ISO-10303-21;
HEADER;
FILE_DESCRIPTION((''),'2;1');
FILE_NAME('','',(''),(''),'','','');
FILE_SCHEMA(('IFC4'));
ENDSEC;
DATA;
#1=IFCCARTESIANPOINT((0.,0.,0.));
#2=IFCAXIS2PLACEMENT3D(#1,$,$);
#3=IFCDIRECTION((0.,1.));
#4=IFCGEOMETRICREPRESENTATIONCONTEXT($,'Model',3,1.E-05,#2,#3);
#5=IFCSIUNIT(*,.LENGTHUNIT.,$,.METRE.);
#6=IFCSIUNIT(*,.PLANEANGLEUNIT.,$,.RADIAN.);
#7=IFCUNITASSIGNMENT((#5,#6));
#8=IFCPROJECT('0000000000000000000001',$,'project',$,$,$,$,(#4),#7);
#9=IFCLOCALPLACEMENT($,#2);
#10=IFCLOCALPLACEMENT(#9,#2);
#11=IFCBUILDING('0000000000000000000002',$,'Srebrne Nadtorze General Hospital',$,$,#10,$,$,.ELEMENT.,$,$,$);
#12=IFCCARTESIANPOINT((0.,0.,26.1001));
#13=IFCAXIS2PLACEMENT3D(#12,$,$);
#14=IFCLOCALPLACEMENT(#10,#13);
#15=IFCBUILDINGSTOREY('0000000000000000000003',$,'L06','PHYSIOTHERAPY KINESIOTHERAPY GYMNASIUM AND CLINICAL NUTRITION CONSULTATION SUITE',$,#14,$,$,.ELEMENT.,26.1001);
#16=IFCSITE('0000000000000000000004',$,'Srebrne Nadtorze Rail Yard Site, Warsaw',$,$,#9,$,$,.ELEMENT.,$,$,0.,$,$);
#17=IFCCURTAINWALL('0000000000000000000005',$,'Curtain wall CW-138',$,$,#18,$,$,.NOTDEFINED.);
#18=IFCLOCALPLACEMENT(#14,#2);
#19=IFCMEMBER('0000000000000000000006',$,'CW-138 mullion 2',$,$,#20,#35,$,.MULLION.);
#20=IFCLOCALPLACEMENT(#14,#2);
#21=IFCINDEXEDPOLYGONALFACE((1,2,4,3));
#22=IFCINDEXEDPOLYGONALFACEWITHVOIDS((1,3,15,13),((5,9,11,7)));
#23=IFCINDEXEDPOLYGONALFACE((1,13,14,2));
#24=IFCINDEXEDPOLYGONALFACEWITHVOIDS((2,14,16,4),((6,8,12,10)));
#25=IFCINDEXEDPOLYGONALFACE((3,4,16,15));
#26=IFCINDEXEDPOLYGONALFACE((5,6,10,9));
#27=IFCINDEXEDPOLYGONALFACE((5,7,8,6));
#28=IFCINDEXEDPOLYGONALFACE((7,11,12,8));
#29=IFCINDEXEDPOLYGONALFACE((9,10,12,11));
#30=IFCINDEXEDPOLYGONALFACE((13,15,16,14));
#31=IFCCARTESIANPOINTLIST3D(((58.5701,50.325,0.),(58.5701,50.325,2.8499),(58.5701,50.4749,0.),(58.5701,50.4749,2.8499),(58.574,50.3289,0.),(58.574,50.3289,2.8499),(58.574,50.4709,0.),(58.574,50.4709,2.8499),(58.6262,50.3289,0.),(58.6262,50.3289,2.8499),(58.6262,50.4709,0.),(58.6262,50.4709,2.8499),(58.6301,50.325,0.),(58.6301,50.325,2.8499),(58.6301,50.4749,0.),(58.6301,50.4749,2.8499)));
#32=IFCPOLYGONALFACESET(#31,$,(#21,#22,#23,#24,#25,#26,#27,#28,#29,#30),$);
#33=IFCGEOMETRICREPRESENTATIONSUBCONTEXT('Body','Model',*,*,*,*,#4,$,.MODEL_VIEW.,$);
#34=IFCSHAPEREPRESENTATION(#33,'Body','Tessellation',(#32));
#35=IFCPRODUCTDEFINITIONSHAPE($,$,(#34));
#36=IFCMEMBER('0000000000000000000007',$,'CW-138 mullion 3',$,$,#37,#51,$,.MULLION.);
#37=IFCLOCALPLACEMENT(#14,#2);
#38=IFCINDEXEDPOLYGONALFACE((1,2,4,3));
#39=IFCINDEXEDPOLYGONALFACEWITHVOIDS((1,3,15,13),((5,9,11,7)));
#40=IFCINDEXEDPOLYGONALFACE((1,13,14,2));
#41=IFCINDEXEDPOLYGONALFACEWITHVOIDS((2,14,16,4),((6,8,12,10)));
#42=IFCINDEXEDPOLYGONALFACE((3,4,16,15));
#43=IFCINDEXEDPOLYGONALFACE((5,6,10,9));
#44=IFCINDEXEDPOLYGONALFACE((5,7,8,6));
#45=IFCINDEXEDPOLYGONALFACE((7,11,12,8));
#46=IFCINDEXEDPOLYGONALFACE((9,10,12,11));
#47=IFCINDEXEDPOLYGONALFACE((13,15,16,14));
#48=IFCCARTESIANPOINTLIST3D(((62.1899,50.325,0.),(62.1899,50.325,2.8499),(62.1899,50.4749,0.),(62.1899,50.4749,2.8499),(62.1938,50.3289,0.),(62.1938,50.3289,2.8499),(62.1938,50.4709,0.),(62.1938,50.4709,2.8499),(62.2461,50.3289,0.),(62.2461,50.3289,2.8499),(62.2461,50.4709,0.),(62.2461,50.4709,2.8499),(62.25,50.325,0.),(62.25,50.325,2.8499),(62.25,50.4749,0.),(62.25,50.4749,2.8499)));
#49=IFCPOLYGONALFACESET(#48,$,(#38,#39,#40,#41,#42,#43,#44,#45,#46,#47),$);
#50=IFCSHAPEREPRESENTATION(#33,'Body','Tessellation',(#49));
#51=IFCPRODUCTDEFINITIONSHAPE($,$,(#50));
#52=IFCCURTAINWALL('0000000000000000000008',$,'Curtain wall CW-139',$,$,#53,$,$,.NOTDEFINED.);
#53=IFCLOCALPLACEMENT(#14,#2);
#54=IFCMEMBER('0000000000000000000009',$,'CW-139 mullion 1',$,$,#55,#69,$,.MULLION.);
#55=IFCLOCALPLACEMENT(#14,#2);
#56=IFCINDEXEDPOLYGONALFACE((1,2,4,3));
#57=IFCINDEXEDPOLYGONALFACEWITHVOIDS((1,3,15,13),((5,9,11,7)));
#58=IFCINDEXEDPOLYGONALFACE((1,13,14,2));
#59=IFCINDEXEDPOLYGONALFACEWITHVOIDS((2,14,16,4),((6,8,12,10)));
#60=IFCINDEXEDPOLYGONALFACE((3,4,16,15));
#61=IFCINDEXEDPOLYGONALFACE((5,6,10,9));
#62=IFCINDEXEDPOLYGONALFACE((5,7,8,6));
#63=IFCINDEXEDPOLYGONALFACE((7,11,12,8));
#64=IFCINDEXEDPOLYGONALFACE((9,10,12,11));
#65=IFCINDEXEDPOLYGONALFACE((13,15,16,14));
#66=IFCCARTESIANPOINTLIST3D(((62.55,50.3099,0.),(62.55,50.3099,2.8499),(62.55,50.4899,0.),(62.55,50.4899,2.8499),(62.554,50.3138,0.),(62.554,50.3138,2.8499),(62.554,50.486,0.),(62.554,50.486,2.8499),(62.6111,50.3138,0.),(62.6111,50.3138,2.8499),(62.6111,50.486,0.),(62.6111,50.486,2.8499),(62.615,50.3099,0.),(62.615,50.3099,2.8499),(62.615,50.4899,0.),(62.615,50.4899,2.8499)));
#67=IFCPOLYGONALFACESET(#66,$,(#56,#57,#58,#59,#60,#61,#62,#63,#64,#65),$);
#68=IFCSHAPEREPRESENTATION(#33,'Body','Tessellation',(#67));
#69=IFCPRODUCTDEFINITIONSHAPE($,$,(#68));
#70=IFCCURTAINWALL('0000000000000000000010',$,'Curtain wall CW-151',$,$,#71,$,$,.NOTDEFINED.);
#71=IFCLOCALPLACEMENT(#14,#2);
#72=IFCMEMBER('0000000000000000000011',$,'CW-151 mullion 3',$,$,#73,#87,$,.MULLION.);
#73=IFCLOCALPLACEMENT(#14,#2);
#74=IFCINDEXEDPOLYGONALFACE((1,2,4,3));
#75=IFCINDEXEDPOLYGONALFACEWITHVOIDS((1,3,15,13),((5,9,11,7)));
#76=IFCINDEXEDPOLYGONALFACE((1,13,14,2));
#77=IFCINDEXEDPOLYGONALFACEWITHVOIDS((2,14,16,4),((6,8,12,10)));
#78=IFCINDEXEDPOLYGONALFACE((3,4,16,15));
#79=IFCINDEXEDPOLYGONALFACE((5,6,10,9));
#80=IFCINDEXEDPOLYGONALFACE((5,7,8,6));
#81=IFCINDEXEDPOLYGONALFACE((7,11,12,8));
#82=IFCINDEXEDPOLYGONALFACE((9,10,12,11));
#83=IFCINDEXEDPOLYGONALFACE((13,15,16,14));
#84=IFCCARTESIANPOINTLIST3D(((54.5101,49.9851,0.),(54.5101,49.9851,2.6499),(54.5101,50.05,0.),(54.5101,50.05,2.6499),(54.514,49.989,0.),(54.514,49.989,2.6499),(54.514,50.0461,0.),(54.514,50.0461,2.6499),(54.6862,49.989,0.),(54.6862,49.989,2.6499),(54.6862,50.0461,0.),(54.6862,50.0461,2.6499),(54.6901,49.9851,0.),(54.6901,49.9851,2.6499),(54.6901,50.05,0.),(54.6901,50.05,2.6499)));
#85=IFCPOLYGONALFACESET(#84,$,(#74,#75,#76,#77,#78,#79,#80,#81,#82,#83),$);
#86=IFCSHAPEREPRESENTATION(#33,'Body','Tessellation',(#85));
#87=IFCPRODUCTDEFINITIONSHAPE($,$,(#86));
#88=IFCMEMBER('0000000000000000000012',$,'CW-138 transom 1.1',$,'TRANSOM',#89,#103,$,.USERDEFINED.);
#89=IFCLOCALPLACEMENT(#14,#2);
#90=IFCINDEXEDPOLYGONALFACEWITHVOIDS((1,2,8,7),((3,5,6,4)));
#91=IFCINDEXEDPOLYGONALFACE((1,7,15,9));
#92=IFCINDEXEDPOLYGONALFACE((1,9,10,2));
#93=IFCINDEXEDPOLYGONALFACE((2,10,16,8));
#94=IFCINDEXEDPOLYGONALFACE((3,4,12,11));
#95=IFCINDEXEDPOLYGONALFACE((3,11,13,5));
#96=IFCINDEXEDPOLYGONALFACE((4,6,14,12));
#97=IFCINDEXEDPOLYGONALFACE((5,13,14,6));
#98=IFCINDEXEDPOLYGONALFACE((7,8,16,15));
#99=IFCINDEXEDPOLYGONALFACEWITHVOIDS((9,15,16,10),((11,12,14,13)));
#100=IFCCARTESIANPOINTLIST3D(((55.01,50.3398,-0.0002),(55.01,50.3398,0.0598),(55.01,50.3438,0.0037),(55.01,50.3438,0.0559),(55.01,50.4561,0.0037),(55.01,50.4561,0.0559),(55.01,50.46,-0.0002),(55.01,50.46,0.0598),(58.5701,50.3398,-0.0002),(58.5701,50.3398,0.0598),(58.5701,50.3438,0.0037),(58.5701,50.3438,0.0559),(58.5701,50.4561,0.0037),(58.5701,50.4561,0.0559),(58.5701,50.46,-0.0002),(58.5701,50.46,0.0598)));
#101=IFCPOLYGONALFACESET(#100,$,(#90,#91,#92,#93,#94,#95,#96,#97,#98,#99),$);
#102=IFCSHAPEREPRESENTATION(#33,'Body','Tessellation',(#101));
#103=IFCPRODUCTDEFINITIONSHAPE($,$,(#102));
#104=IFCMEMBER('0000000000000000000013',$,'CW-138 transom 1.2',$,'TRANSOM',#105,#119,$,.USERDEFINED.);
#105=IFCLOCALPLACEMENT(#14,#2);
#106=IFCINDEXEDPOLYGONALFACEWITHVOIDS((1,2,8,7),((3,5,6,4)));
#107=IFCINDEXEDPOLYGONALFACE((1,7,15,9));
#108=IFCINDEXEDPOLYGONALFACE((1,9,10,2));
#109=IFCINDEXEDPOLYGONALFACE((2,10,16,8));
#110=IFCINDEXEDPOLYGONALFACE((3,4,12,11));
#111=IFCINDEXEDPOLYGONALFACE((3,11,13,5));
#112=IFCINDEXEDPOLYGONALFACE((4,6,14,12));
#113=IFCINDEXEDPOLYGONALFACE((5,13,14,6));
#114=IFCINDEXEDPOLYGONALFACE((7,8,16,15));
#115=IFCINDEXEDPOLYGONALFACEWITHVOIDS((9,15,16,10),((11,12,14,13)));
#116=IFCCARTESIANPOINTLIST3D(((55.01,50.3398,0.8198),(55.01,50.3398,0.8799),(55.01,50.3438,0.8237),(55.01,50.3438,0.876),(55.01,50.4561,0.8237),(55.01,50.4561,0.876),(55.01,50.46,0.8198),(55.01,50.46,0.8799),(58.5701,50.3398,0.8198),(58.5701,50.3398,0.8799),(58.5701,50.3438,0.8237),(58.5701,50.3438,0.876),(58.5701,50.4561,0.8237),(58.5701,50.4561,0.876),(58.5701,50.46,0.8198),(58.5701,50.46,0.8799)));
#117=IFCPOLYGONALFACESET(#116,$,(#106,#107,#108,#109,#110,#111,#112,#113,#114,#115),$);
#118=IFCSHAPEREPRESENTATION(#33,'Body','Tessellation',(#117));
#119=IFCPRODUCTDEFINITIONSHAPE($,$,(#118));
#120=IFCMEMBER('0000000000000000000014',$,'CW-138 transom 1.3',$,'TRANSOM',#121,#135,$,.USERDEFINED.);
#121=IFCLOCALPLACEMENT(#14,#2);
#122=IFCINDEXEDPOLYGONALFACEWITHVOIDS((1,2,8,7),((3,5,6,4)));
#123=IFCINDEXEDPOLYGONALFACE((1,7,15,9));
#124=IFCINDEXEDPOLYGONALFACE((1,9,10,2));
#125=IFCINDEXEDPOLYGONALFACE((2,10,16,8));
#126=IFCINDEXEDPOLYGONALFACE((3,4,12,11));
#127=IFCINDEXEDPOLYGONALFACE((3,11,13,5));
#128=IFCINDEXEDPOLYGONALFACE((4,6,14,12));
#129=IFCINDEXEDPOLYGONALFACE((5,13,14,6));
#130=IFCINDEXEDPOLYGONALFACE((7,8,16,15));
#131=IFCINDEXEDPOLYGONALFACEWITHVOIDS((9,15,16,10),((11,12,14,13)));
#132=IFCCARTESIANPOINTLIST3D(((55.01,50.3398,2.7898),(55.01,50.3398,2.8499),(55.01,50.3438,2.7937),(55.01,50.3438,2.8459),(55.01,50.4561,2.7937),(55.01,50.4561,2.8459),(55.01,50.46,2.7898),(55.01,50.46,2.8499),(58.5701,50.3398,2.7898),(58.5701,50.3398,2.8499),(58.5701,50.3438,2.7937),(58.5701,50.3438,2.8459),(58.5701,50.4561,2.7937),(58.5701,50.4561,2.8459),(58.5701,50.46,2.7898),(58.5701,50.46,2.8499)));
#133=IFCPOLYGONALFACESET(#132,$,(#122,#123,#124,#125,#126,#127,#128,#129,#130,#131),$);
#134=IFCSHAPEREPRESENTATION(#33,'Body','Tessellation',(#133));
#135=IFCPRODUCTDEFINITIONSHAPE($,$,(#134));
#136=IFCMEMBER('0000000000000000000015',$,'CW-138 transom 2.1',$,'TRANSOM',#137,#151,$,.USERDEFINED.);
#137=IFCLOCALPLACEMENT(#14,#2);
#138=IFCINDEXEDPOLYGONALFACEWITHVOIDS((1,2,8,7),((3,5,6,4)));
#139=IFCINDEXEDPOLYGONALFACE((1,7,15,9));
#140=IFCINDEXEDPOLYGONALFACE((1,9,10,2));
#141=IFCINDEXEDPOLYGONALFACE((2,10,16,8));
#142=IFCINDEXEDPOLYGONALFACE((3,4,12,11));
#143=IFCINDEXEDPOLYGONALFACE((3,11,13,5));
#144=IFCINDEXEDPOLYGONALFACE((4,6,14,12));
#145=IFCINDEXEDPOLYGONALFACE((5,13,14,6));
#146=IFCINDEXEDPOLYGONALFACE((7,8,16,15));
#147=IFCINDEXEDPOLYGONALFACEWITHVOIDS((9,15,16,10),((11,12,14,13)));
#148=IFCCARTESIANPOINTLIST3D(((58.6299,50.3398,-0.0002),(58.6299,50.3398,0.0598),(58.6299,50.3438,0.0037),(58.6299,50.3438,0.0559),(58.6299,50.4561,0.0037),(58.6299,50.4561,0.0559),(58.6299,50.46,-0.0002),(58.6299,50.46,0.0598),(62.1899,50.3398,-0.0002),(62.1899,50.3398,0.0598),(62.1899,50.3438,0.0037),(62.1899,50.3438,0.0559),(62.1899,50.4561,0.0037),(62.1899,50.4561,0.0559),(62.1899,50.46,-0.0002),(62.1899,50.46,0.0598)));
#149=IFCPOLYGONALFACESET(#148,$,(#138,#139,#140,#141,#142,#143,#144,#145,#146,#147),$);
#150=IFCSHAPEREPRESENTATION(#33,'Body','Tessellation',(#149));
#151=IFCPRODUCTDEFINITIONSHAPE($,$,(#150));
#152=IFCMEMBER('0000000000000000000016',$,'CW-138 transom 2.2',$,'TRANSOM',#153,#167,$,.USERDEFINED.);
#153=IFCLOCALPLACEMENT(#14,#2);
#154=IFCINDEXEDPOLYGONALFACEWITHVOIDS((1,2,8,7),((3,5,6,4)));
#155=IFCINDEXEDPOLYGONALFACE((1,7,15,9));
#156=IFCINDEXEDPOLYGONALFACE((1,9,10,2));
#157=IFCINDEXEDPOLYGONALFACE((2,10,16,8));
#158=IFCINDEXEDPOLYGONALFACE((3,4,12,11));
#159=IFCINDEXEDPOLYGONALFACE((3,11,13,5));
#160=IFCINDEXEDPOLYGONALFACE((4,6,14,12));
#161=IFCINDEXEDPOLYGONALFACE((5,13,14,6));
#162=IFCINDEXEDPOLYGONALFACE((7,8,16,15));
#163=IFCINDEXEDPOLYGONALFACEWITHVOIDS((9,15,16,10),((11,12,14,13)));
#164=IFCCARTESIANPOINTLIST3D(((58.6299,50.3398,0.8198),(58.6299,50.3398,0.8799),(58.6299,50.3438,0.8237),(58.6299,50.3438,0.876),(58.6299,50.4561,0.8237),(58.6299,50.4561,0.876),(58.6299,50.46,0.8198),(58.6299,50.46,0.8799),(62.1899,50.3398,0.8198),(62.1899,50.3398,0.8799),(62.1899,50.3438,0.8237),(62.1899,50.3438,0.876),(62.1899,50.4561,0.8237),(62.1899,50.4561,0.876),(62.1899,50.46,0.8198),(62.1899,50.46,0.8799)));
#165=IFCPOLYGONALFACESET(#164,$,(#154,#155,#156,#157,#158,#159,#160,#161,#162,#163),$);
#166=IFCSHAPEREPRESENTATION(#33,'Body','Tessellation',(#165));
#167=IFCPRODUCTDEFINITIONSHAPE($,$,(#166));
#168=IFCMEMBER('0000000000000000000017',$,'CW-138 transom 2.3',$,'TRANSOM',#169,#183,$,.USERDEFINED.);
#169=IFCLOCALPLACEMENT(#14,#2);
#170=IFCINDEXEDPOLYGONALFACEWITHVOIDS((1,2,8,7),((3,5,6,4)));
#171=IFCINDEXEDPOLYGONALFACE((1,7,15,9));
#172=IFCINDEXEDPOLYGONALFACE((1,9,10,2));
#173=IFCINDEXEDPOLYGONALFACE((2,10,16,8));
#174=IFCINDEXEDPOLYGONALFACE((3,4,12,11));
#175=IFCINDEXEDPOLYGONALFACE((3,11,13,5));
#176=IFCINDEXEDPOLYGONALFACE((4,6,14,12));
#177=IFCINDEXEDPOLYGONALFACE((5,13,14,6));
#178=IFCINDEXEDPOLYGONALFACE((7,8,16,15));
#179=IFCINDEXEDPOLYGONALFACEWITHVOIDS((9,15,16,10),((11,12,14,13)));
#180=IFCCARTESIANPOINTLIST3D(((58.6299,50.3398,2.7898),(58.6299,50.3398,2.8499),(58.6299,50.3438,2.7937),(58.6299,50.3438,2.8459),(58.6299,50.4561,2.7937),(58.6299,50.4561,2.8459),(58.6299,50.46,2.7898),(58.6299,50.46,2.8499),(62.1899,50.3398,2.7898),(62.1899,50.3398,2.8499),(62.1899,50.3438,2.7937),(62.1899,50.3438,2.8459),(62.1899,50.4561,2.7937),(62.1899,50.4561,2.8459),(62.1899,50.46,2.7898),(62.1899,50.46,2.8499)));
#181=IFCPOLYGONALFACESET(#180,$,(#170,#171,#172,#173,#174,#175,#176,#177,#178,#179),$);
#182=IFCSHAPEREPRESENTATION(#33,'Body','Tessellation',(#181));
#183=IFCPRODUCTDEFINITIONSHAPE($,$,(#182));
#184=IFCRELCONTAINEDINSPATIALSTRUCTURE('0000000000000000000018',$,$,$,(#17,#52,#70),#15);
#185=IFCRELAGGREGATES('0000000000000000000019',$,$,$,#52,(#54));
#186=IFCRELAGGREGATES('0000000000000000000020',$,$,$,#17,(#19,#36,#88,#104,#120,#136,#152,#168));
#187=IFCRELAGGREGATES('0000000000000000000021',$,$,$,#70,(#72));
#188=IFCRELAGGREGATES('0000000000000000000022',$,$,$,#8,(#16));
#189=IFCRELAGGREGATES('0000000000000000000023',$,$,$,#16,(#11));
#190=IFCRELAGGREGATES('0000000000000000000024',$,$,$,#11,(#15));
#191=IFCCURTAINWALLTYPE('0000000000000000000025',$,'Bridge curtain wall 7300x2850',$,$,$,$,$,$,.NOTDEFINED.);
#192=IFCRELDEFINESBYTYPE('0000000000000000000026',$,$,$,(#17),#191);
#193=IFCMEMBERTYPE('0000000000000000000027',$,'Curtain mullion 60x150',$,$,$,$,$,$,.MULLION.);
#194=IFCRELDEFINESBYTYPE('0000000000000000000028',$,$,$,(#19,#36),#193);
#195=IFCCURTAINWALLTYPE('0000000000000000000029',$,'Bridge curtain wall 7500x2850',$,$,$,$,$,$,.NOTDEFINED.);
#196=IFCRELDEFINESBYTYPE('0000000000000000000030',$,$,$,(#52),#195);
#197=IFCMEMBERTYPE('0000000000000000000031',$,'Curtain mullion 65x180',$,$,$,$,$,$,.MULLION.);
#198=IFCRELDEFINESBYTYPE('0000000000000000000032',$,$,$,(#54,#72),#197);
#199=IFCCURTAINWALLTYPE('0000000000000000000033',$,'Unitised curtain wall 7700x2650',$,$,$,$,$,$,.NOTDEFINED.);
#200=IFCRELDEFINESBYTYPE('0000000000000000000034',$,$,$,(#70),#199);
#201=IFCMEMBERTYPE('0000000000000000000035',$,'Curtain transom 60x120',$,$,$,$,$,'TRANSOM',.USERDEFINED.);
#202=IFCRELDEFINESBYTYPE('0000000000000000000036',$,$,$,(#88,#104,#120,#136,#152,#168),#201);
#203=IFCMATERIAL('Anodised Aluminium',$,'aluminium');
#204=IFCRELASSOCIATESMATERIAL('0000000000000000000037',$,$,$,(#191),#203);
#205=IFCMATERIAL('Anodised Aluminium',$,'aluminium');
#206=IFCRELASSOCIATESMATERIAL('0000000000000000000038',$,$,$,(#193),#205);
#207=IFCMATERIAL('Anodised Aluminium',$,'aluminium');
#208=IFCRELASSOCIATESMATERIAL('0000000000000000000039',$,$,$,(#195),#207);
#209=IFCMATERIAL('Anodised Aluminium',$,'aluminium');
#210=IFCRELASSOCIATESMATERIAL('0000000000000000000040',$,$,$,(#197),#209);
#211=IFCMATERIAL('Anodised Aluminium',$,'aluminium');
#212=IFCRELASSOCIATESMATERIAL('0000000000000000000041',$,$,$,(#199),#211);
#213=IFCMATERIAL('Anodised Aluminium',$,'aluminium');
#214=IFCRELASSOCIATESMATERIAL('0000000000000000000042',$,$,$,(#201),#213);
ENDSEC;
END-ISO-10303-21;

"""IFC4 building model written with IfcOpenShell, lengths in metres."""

from ifc_helpers import new_model, si_unit, direction, frame, origin, origin_2d, place, context, subcontext, project, spatial, hollow_rectangle, extrude, material, material_profile, profile_set, type_object, element, aggregate, save


model = new_model("IFC4")

# Units and contexts
model_context = context("Model", 3, precision=1e-05, world=origin(), true_north=direction((0.0, 1.0)))
body_context = subcontext(model_context, "Body", "Model", "MODEL_VIEW")
ifc_project = project(units=[si_unit("LENGTHUNIT", "METRE"), si_unit("PLANEANGLEUNIT", "RADIAN")], contexts=[model_context])

# Site, building, storey
site_placement = place(None, origin())
site = spatial("IfcSite", under=ifc_project, at=site_placement, Name="Srebrne Nadtorze Rail Yard Site, Warsaw", CompositionType="ELEMENT", RefElevation=0.0)
building_placement = place(site_placement, origin())
building = spatial("IfcBuilding", under=site, at=building_placement, Name="Srebrne Nadtorze General Hospital", CompositionType="ELEMENT")
storey_placement = place(building_placement, frame((0.0, 0.0, 26.1001)))
storey = spatial("IfcBuildingStorey", under=building, at=storey_placement, Name="L06", Description="PHYSIOTHERAPY KINESIOTHERAPY GYMNASIUM AND CLINICAL NUTRITION CONSULTATION SUITE", CompositionType="ELEMENT", Elevation=26.1001)

# Curtain wall, members
ifc_material_1 = material(Name="Anodised Aluminium", Category="aluminium")
curtain_wall_type_1 = type_object("IfcCurtainWallType", Name="Bridge curtain wall 7300x2850", PredefinedType="NOTDEFINED", material=ifc_material_1)
curtain_wall_1_placement = place(storey_placement, origin())
curtain_wall_1 = element("IfcCurtainWall", 1, at=curtain_wall_1_placement, inside=storey, type_object=curtain_wall_type_1, Name="Curtain wall CW-138", PredefinedType="NOTDEFINED")
ifc_material_2 = material(Name="Anodised Aluminium", Category="aluminium")
ifc_material_profile_1 = material_profile(ifc_material_2, hollow_rectangle(XDim=0.0601, YDim=0.1499, WallThickness=0.0039, at=origin_2d()), Name="AL-MUL-60x150")
ifc_profile_set_1 = profile_set([ifc_material_profile_1], Name="Anodised Aluminium")
member_type_1 = type_object("IfcMemberType", Name="Curtain mullion 60x150", PredefinedType="MULLION", material=ifc_profile_set_1)
member_1_placement = place(storey_placement, frame((58.6001, 50.3999, 0.0), z_axis=(0.0, 0.0, 1.0), x_axis=(1.0, 0.0, 0.0)))
member_1 = element("IfcMember", 2, at=member_1_placement, type_object=member_type_1, Name="CW-138 mullion 2", PredefinedType="MULLION", context=body_context, shape_type="SweptSolid", body=[
    extrude(hollow_rectangle(XDim=0.0601, YDim=0.1499, WallThickness=0.0039, at=origin_2d()), origin(), (0.0, 0.0, 1.0), 2.8499),
])
member_2_placement = place(storey_placement, frame((62.22, 50.3999, 0.0), z_axis=(0.0, 0.0, 1.0), x_axis=(1.0, 0.0, 0.0)))
member_2 = element("IfcMember", 3, at=member_2_placement, type_object=member_type_1, Name="CW-138 mullion 3", PredefinedType="MULLION", context=body_context, shape_type="SweptSolid", body=[
    extrude(hollow_rectangle(XDim=0.0601, YDim=0.1499, WallThickness=0.0039, at=origin_2d()), origin(), (0.0, 0.0, 1.0), 2.8499),
])

# Curtain walls, members
ifc_material_3 = material(Name="Anodised Aluminium", Category="aluminium")
curtain_wall_type_2 = type_object("IfcCurtainWallType", Name="Bridge curtain wall 7500x2850", PredefinedType="NOTDEFINED", material=ifc_material_3)
curtain_wall_2_placement = place(storey_placement, origin())
curtain_wall_2 = element("IfcCurtainWall", 4, at=curtain_wall_2_placement, inside=storey, type_object=curtain_wall_type_2, Name="Curtain wall CW-139", PredefinedType="NOTDEFINED")
ifc_material_4 = material(Name="Anodised Aluminium", Category="aluminium")
ifc_material_profile_2 = material_profile(ifc_material_4, hollow_rectangle(XDim=0.0649, YDim=0.1799, WallThickness=0.0039, at=origin_2d()), Name="AL-MUL-65x180")
ifc_profile_set_2 = profile_set([ifc_material_profile_2], Name="Anodised Aluminium")
member_type_2 = type_object("IfcMemberType", Name="Curtain mullion 65x180", PredefinedType="MULLION", material=ifc_profile_set_2)
member_3_placement = place(storey_placement, frame((62.5825, 50.3999, 0.0), z_axis=(0.0, 0.0, 1.0), x_axis=(1.0, 0.0, 0.0)))
member_3 = element("IfcMember", 5, at=member_3_placement, type_object=member_type_2, Name="CW-139 mullion 1", PredefinedType="MULLION", context=body_context, shape_type="SweptSolid", body=[
    extrude(hollow_rectangle(XDim=0.0649, YDim=0.1799, WallThickness=0.0039, at=origin_2d()), origin(), (0.0, 0.0, 1.0), 2.8499),
])
ifc_material_5 = material(Name="Anodised Aluminium", Category="aluminium")
curtain_wall_type_3 = type_object("IfcCurtainWallType", Name="Unitised curtain wall 7700x2650", PredefinedType="NOTDEFINED", material=ifc_material_5)
curtain_wall_3_placement = place(storey_placement, origin())
curtain_wall_3 = element("IfcCurtainWall", 6, at=curtain_wall_3_placement, inside=storey, type_object=curtain_wall_type_3, Name="Curtain wall CW-151", PredefinedType="NOTDEFINED")
member_4_placement = place(storey_placement, frame((54.6001, 50.0176, 0.0), z_axis=(0.0, 0.0, 1.0), x_axis=(0.0, 1.0, 0.0)))
member_4 = element("IfcMember", 7, at=member_4_placement, type_object=member_type_2, Name="CW-151 mullion 3", PredefinedType="MULLION", context=body_context, shape_type="SweptSolid", body=[
    extrude(hollow_rectangle(XDim=0.0649, YDim=0.1799, WallThickness=0.0039, at=origin_2d()), origin(), (0.0, 0.0, 1.0), 2.6499),
])

# Members
ifc_material_6 = material(Name="Anodised Aluminium", Category="aluminium")
ifc_material_profile_3 = material_profile(ifc_material_6, hollow_rectangle(XDim=0.0601, YDim=0.1201, WallThickness=0.0039, at=origin_2d()), Name="AL-TRN-60x120")
ifc_profile_set_3 = profile_set([ifc_material_profile_3], Name="Anodised Aluminium")
member_type_3 = type_object("IfcMemberType", Name="Curtain transom 60x120", ElementType="TRANSOM", PredefinedType="USERDEFINED", material=ifc_profile_set_3)
member_5_placement = place(storey_placement, frame((55.01, 50.3999, 0.0298), z_axis=(1.0, 0.0, 0.0), x_axis=(0.0, 0.0, 1.0)))
member_5 = element("IfcMember", 8, at=member_5_placement, type_object=member_type_3, Name="CW-138 transom 1.1", ObjectType="TRANSOM", PredefinedType="USERDEFINED", context=body_context, shape_type="SweptSolid", body=[
    extrude(hollow_rectangle(XDim=0.0601, YDim=0.1201, WallThickness=0.0039, at=origin_2d()), origin(), (0.0, 0.0, 1.0), 3.5601),
])
member_6_placement = place(storey_placement, frame((55.01, 50.3999, 0.8499), z_axis=(1.0, 0.0, 0.0), x_axis=(0.0, 0.0, 1.0)))
member_6 = element("IfcMember", 9, at=member_6_placement, type_object=member_type_3, Name="CW-138 transom 1.2", ObjectType="TRANSOM", PredefinedType="USERDEFINED", context=body_context, shape_type="SweptSolid", body=[
    extrude(hollow_rectangle(XDim=0.0601, YDim=0.1201, WallThickness=0.0039, at=origin_2d()), origin(), (0.0, 0.0, 1.0), 3.5601),
])
member_7_placement = place(storey_placement, frame((55.01, 50.3999, 2.8198), z_axis=(1.0, 0.0, 0.0), x_axis=(0.0, 0.0, 1.0)))
member_7 = element("IfcMember", 10, at=member_7_placement, type_object=member_type_3, Name="CW-138 transom 1.3", ObjectType="TRANSOM", PredefinedType="USERDEFINED", context=body_context, shape_type="SweptSolid", body=[
    extrude(hollow_rectangle(XDim=0.0601, YDim=0.1201, WallThickness=0.0039, at=origin_2d()), origin(), (0.0, 0.0, 1.0), 3.5601),
])
member_8_placement = place(storey_placement, frame((58.6299, 50.3999, 0.0298), z_axis=(1.0, 0.0, 0.0), x_axis=(0.0, 0.0, 1.0)))
member_8 = element("IfcMember", 11, at=member_8_placement, type_object=member_type_3, Name="CW-138 transom 2.1", ObjectType="TRANSOM", PredefinedType="USERDEFINED", context=body_context, shape_type="SweptSolid", body=[
    extrude(hollow_rectangle(XDim=0.0601, YDim=0.1201, WallThickness=0.0039, at=origin_2d()), origin(), (0.0, 0.0, 1.0), 3.5601),
])
member_9_placement = place(storey_placement, frame((58.6299, 50.3999, 0.8499), z_axis=(1.0, 0.0, 0.0), x_axis=(0.0, 0.0, 1.0)))
member_9 = element("IfcMember", 12, at=member_9_placement, type_object=member_type_3, Name="CW-138 transom 2.2", ObjectType="TRANSOM", PredefinedType="USERDEFINED", context=body_context, shape_type="SweptSolid", body=[
    extrude(hollow_rectangle(XDim=0.0601, YDim=0.1201, WallThickness=0.0039, at=origin_2d()), origin(), (0.0, 0.0, 1.0), 3.5601),
])
member_10_placement = place(storey_placement, frame((58.6299, 50.3999, 2.8198), z_axis=(1.0, 0.0, 0.0), x_axis=(0.0, 0.0, 1.0)))
member_10 = element("IfcMember", 13, at=member_10_placement, type_object=member_type_3, Name="CW-138 transom 2.3", ObjectType="TRANSOM", PredefinedType="USERDEFINED", context=body_context, shape_type="SweptSolid", body=[
    extrude(hollow_rectangle(XDim=0.0601, YDim=0.1201, WallThickness=0.0039, at=origin_2d()), origin(), (0.0, 0.0, 1.0), 3.5601),
])
aggregate(curtain_wall_2, [member_3])

aggregate(curtain_wall_1, [member_1, member_2, member_5, member_6, member_7, member_8, member_9, member_10])
aggregate(curtain_wall_3, [member_4])

save(model, "model.ifc")
